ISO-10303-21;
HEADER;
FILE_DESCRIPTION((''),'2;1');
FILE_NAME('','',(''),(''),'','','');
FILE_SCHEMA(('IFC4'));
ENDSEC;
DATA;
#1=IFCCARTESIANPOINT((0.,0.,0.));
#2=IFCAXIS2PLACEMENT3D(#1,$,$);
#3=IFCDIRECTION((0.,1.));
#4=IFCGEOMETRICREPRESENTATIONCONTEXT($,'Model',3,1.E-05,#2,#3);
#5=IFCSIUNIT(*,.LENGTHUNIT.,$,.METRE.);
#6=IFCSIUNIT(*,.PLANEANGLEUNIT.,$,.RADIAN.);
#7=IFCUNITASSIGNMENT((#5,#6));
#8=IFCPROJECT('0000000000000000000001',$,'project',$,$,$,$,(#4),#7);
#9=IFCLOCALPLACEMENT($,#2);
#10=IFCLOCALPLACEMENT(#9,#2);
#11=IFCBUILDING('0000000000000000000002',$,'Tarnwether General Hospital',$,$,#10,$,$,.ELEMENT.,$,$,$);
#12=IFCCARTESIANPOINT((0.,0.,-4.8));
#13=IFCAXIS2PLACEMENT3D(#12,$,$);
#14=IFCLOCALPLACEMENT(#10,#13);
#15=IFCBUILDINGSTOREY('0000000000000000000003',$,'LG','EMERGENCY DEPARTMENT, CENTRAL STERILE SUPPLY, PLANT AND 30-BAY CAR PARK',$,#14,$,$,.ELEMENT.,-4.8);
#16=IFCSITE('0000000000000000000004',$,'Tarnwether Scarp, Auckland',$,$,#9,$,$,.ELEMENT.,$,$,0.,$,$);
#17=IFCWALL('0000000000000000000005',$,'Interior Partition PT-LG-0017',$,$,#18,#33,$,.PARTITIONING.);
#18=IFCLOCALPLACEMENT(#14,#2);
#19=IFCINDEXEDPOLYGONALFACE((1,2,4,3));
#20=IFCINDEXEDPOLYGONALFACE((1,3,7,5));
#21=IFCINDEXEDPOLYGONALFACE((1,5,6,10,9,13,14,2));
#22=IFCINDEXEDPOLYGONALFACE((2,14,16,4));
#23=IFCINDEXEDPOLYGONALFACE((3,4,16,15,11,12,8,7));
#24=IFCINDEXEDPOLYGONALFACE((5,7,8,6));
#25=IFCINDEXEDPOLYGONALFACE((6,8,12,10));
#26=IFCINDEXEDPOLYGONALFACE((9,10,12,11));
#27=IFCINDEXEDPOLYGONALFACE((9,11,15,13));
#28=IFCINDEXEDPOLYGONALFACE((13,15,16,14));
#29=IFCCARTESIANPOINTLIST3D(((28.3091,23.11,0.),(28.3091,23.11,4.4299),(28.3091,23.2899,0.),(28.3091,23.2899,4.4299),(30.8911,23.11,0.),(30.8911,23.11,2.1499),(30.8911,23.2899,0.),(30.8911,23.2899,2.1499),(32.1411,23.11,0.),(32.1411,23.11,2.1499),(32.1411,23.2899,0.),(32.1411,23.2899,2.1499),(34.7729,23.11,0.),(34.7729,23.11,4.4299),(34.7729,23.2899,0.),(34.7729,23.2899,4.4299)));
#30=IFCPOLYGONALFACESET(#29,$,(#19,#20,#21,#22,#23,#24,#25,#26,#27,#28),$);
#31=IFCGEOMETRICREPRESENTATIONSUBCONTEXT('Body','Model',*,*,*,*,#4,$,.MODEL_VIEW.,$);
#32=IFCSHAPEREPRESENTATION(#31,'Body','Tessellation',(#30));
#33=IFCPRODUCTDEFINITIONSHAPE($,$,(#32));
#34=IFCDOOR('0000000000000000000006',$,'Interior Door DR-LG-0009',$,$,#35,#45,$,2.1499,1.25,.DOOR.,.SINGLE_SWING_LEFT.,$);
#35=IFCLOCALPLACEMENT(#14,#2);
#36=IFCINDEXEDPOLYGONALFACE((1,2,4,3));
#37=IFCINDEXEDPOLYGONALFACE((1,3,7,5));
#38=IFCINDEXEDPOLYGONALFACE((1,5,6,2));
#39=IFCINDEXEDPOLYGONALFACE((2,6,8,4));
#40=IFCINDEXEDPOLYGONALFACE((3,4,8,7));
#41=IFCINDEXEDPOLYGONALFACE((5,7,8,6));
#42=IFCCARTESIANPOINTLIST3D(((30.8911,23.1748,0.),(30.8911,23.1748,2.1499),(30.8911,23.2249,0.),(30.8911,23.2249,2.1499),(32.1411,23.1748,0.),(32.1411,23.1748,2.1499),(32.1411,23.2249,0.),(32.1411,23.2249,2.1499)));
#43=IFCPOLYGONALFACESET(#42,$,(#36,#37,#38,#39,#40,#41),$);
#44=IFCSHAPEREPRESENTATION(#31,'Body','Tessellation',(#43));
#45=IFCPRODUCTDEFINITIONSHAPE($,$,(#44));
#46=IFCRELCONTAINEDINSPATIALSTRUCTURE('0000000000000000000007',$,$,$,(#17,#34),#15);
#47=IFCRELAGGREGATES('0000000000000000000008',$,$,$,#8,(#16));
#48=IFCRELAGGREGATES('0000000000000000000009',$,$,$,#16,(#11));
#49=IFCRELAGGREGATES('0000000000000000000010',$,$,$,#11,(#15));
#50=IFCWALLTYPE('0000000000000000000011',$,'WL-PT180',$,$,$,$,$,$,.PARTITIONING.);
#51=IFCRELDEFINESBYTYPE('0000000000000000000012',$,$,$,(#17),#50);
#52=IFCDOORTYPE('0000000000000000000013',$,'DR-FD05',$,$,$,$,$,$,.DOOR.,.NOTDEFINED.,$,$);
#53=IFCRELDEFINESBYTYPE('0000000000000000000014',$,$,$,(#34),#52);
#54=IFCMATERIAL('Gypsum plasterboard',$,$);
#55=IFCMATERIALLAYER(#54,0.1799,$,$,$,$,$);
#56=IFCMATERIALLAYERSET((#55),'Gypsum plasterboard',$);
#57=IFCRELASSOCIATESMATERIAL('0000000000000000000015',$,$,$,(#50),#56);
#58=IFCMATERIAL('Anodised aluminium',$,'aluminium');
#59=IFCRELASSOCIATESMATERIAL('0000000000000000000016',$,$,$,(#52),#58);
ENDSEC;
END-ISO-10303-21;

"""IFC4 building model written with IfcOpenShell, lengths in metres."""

from ifc_helpers import new_model, si_unit, direction, frame, frame_2d, origin, place, context, subcontext, project, spatial, rectangle, extrude, material, layer, layer_set, type_object, element, fill, save


model = new_model("IFC4")

# Units and contexts
model_context = context("Model", 3, precision=1e-05, world=origin(), true_north=direction((0.0, 1.0)))
body_context = subcontext(model_context, "Body", "Model", "MODEL_VIEW")
ifc_project = project(units=[si_unit("LENGTHUNIT", "METRE"), si_unit("PLANEANGLEUNIT", "RADIAN")], contexts=[model_context])

# Site, building, storey
site_placement = place(None, origin())
site = spatial("IfcSite", under=ifc_project, at=site_placement, Name="Tarnwether Scarp, Auckland", CompositionType="ELEMENT", RefElevation=0.0)
building_placement = place(site_placement, origin())
building = spatial("IfcBuilding", under=site, at=building_placement, Name="Tarnwether General Hospital", CompositionType="ELEMENT")
storey_placement = place(building_placement, frame((0.0, 0.0, -4.8)))
storey = spatial("IfcBuildingStorey", under=building, at=storey_placement, Name="LG", Description="EMERGENCY DEPARTMENT, CENTRAL STERILE SUPPLY, PLANT AND 30-BAY CAR PARK", CompositionType="ELEMENT", Elevation=-4.8)

# Shared definitions
ifc_material_1 = material(Name="Gypsum plasterboard")
ifc_layer_1 = layer(ifc_material_1, 0.1799)
ifc_layer_set_1 = layer_set([ifc_layer_1], Name="Gypsum plasterboard")
wall_type = type_object("IfcWallType", Name="WL-PT180", PredefinedType="PARTITIONING", material=ifc_layer_set_1)

# Wall, opening, door
wall_1_placement = place(storey_placement, frame((28.3091, 23.2, 0.0), z_axis=(0.0, 0.0, 1.0), x_axis=(1.0, 0.0, 0.0)))
wall_1 = element("IfcWall", 1, at=wall_1_placement, inside=storey, type_object=wall_type, Name="Interior Partition PT-LG-0017", PredefinedType="PARTITIONING", context=body_context, shape_type="SweptSolid", body=[
    extrude(rectangle(XDim=6.4639, YDim=0.1799, at=frame_2d((3.2319, 0.0))), origin(), (0.0, 0.0, 1.0), 4.4299),
])
opening_1_placement = place(wall_1_placement, frame((2.582, 0.0, 0.0)))
opening_1 = element("IfcOpeningElement", 2, at=opening_1_placement, cuts=wall_1, PredefinedType="OPENING", context=body_context, shape_type="SweptSolid", body=[
    extrude(rectangle(XDim=1.25, YDim=2.1499, at=frame_2d((0.625, 1.075))), frame((0.0, 0.1001, 0.0), z_axis=(0.0, -1.0, 0.0), x_axis=(1.0, 0.0, 0.0)), (0.0, 0.0, 1.0), 0.2),
])
ifc_material_2 = material(Name="Anodised aluminium", Category="aluminium")
door_type_1 = type_object("IfcDoorType", Name="DR-FD05", OperationType="NOTDEFINED", PredefinedType="DOOR", material=ifc_material_2)
door_1_placement = place(opening_1_placement, origin())
door_1 = element("IfcDoor", 3, at=door_1_placement, inside=storey, type_object=door_type_1, Name="Interior Door DR-LG-0009", OperationType="SINGLE_SWING_LEFT", OverallHeight=2.1499, OverallWidth=1.25, PredefinedType="DOOR", context=body_context, shape_type="SweptSolid", body=[
    extrude(rectangle(XDim=1.25, YDim=2.1499, at=frame_2d((0.625, 1.075))), frame((0.0, 0.0249, 0.0), z_axis=(0.0, -1.0, 0.0), x_axis=(1.0, 0.0, 0.0)), (0.0, 0.0, 1.0), 0.05),
])
fill(opening_1, door_1)

save(model, "model.ifc")
